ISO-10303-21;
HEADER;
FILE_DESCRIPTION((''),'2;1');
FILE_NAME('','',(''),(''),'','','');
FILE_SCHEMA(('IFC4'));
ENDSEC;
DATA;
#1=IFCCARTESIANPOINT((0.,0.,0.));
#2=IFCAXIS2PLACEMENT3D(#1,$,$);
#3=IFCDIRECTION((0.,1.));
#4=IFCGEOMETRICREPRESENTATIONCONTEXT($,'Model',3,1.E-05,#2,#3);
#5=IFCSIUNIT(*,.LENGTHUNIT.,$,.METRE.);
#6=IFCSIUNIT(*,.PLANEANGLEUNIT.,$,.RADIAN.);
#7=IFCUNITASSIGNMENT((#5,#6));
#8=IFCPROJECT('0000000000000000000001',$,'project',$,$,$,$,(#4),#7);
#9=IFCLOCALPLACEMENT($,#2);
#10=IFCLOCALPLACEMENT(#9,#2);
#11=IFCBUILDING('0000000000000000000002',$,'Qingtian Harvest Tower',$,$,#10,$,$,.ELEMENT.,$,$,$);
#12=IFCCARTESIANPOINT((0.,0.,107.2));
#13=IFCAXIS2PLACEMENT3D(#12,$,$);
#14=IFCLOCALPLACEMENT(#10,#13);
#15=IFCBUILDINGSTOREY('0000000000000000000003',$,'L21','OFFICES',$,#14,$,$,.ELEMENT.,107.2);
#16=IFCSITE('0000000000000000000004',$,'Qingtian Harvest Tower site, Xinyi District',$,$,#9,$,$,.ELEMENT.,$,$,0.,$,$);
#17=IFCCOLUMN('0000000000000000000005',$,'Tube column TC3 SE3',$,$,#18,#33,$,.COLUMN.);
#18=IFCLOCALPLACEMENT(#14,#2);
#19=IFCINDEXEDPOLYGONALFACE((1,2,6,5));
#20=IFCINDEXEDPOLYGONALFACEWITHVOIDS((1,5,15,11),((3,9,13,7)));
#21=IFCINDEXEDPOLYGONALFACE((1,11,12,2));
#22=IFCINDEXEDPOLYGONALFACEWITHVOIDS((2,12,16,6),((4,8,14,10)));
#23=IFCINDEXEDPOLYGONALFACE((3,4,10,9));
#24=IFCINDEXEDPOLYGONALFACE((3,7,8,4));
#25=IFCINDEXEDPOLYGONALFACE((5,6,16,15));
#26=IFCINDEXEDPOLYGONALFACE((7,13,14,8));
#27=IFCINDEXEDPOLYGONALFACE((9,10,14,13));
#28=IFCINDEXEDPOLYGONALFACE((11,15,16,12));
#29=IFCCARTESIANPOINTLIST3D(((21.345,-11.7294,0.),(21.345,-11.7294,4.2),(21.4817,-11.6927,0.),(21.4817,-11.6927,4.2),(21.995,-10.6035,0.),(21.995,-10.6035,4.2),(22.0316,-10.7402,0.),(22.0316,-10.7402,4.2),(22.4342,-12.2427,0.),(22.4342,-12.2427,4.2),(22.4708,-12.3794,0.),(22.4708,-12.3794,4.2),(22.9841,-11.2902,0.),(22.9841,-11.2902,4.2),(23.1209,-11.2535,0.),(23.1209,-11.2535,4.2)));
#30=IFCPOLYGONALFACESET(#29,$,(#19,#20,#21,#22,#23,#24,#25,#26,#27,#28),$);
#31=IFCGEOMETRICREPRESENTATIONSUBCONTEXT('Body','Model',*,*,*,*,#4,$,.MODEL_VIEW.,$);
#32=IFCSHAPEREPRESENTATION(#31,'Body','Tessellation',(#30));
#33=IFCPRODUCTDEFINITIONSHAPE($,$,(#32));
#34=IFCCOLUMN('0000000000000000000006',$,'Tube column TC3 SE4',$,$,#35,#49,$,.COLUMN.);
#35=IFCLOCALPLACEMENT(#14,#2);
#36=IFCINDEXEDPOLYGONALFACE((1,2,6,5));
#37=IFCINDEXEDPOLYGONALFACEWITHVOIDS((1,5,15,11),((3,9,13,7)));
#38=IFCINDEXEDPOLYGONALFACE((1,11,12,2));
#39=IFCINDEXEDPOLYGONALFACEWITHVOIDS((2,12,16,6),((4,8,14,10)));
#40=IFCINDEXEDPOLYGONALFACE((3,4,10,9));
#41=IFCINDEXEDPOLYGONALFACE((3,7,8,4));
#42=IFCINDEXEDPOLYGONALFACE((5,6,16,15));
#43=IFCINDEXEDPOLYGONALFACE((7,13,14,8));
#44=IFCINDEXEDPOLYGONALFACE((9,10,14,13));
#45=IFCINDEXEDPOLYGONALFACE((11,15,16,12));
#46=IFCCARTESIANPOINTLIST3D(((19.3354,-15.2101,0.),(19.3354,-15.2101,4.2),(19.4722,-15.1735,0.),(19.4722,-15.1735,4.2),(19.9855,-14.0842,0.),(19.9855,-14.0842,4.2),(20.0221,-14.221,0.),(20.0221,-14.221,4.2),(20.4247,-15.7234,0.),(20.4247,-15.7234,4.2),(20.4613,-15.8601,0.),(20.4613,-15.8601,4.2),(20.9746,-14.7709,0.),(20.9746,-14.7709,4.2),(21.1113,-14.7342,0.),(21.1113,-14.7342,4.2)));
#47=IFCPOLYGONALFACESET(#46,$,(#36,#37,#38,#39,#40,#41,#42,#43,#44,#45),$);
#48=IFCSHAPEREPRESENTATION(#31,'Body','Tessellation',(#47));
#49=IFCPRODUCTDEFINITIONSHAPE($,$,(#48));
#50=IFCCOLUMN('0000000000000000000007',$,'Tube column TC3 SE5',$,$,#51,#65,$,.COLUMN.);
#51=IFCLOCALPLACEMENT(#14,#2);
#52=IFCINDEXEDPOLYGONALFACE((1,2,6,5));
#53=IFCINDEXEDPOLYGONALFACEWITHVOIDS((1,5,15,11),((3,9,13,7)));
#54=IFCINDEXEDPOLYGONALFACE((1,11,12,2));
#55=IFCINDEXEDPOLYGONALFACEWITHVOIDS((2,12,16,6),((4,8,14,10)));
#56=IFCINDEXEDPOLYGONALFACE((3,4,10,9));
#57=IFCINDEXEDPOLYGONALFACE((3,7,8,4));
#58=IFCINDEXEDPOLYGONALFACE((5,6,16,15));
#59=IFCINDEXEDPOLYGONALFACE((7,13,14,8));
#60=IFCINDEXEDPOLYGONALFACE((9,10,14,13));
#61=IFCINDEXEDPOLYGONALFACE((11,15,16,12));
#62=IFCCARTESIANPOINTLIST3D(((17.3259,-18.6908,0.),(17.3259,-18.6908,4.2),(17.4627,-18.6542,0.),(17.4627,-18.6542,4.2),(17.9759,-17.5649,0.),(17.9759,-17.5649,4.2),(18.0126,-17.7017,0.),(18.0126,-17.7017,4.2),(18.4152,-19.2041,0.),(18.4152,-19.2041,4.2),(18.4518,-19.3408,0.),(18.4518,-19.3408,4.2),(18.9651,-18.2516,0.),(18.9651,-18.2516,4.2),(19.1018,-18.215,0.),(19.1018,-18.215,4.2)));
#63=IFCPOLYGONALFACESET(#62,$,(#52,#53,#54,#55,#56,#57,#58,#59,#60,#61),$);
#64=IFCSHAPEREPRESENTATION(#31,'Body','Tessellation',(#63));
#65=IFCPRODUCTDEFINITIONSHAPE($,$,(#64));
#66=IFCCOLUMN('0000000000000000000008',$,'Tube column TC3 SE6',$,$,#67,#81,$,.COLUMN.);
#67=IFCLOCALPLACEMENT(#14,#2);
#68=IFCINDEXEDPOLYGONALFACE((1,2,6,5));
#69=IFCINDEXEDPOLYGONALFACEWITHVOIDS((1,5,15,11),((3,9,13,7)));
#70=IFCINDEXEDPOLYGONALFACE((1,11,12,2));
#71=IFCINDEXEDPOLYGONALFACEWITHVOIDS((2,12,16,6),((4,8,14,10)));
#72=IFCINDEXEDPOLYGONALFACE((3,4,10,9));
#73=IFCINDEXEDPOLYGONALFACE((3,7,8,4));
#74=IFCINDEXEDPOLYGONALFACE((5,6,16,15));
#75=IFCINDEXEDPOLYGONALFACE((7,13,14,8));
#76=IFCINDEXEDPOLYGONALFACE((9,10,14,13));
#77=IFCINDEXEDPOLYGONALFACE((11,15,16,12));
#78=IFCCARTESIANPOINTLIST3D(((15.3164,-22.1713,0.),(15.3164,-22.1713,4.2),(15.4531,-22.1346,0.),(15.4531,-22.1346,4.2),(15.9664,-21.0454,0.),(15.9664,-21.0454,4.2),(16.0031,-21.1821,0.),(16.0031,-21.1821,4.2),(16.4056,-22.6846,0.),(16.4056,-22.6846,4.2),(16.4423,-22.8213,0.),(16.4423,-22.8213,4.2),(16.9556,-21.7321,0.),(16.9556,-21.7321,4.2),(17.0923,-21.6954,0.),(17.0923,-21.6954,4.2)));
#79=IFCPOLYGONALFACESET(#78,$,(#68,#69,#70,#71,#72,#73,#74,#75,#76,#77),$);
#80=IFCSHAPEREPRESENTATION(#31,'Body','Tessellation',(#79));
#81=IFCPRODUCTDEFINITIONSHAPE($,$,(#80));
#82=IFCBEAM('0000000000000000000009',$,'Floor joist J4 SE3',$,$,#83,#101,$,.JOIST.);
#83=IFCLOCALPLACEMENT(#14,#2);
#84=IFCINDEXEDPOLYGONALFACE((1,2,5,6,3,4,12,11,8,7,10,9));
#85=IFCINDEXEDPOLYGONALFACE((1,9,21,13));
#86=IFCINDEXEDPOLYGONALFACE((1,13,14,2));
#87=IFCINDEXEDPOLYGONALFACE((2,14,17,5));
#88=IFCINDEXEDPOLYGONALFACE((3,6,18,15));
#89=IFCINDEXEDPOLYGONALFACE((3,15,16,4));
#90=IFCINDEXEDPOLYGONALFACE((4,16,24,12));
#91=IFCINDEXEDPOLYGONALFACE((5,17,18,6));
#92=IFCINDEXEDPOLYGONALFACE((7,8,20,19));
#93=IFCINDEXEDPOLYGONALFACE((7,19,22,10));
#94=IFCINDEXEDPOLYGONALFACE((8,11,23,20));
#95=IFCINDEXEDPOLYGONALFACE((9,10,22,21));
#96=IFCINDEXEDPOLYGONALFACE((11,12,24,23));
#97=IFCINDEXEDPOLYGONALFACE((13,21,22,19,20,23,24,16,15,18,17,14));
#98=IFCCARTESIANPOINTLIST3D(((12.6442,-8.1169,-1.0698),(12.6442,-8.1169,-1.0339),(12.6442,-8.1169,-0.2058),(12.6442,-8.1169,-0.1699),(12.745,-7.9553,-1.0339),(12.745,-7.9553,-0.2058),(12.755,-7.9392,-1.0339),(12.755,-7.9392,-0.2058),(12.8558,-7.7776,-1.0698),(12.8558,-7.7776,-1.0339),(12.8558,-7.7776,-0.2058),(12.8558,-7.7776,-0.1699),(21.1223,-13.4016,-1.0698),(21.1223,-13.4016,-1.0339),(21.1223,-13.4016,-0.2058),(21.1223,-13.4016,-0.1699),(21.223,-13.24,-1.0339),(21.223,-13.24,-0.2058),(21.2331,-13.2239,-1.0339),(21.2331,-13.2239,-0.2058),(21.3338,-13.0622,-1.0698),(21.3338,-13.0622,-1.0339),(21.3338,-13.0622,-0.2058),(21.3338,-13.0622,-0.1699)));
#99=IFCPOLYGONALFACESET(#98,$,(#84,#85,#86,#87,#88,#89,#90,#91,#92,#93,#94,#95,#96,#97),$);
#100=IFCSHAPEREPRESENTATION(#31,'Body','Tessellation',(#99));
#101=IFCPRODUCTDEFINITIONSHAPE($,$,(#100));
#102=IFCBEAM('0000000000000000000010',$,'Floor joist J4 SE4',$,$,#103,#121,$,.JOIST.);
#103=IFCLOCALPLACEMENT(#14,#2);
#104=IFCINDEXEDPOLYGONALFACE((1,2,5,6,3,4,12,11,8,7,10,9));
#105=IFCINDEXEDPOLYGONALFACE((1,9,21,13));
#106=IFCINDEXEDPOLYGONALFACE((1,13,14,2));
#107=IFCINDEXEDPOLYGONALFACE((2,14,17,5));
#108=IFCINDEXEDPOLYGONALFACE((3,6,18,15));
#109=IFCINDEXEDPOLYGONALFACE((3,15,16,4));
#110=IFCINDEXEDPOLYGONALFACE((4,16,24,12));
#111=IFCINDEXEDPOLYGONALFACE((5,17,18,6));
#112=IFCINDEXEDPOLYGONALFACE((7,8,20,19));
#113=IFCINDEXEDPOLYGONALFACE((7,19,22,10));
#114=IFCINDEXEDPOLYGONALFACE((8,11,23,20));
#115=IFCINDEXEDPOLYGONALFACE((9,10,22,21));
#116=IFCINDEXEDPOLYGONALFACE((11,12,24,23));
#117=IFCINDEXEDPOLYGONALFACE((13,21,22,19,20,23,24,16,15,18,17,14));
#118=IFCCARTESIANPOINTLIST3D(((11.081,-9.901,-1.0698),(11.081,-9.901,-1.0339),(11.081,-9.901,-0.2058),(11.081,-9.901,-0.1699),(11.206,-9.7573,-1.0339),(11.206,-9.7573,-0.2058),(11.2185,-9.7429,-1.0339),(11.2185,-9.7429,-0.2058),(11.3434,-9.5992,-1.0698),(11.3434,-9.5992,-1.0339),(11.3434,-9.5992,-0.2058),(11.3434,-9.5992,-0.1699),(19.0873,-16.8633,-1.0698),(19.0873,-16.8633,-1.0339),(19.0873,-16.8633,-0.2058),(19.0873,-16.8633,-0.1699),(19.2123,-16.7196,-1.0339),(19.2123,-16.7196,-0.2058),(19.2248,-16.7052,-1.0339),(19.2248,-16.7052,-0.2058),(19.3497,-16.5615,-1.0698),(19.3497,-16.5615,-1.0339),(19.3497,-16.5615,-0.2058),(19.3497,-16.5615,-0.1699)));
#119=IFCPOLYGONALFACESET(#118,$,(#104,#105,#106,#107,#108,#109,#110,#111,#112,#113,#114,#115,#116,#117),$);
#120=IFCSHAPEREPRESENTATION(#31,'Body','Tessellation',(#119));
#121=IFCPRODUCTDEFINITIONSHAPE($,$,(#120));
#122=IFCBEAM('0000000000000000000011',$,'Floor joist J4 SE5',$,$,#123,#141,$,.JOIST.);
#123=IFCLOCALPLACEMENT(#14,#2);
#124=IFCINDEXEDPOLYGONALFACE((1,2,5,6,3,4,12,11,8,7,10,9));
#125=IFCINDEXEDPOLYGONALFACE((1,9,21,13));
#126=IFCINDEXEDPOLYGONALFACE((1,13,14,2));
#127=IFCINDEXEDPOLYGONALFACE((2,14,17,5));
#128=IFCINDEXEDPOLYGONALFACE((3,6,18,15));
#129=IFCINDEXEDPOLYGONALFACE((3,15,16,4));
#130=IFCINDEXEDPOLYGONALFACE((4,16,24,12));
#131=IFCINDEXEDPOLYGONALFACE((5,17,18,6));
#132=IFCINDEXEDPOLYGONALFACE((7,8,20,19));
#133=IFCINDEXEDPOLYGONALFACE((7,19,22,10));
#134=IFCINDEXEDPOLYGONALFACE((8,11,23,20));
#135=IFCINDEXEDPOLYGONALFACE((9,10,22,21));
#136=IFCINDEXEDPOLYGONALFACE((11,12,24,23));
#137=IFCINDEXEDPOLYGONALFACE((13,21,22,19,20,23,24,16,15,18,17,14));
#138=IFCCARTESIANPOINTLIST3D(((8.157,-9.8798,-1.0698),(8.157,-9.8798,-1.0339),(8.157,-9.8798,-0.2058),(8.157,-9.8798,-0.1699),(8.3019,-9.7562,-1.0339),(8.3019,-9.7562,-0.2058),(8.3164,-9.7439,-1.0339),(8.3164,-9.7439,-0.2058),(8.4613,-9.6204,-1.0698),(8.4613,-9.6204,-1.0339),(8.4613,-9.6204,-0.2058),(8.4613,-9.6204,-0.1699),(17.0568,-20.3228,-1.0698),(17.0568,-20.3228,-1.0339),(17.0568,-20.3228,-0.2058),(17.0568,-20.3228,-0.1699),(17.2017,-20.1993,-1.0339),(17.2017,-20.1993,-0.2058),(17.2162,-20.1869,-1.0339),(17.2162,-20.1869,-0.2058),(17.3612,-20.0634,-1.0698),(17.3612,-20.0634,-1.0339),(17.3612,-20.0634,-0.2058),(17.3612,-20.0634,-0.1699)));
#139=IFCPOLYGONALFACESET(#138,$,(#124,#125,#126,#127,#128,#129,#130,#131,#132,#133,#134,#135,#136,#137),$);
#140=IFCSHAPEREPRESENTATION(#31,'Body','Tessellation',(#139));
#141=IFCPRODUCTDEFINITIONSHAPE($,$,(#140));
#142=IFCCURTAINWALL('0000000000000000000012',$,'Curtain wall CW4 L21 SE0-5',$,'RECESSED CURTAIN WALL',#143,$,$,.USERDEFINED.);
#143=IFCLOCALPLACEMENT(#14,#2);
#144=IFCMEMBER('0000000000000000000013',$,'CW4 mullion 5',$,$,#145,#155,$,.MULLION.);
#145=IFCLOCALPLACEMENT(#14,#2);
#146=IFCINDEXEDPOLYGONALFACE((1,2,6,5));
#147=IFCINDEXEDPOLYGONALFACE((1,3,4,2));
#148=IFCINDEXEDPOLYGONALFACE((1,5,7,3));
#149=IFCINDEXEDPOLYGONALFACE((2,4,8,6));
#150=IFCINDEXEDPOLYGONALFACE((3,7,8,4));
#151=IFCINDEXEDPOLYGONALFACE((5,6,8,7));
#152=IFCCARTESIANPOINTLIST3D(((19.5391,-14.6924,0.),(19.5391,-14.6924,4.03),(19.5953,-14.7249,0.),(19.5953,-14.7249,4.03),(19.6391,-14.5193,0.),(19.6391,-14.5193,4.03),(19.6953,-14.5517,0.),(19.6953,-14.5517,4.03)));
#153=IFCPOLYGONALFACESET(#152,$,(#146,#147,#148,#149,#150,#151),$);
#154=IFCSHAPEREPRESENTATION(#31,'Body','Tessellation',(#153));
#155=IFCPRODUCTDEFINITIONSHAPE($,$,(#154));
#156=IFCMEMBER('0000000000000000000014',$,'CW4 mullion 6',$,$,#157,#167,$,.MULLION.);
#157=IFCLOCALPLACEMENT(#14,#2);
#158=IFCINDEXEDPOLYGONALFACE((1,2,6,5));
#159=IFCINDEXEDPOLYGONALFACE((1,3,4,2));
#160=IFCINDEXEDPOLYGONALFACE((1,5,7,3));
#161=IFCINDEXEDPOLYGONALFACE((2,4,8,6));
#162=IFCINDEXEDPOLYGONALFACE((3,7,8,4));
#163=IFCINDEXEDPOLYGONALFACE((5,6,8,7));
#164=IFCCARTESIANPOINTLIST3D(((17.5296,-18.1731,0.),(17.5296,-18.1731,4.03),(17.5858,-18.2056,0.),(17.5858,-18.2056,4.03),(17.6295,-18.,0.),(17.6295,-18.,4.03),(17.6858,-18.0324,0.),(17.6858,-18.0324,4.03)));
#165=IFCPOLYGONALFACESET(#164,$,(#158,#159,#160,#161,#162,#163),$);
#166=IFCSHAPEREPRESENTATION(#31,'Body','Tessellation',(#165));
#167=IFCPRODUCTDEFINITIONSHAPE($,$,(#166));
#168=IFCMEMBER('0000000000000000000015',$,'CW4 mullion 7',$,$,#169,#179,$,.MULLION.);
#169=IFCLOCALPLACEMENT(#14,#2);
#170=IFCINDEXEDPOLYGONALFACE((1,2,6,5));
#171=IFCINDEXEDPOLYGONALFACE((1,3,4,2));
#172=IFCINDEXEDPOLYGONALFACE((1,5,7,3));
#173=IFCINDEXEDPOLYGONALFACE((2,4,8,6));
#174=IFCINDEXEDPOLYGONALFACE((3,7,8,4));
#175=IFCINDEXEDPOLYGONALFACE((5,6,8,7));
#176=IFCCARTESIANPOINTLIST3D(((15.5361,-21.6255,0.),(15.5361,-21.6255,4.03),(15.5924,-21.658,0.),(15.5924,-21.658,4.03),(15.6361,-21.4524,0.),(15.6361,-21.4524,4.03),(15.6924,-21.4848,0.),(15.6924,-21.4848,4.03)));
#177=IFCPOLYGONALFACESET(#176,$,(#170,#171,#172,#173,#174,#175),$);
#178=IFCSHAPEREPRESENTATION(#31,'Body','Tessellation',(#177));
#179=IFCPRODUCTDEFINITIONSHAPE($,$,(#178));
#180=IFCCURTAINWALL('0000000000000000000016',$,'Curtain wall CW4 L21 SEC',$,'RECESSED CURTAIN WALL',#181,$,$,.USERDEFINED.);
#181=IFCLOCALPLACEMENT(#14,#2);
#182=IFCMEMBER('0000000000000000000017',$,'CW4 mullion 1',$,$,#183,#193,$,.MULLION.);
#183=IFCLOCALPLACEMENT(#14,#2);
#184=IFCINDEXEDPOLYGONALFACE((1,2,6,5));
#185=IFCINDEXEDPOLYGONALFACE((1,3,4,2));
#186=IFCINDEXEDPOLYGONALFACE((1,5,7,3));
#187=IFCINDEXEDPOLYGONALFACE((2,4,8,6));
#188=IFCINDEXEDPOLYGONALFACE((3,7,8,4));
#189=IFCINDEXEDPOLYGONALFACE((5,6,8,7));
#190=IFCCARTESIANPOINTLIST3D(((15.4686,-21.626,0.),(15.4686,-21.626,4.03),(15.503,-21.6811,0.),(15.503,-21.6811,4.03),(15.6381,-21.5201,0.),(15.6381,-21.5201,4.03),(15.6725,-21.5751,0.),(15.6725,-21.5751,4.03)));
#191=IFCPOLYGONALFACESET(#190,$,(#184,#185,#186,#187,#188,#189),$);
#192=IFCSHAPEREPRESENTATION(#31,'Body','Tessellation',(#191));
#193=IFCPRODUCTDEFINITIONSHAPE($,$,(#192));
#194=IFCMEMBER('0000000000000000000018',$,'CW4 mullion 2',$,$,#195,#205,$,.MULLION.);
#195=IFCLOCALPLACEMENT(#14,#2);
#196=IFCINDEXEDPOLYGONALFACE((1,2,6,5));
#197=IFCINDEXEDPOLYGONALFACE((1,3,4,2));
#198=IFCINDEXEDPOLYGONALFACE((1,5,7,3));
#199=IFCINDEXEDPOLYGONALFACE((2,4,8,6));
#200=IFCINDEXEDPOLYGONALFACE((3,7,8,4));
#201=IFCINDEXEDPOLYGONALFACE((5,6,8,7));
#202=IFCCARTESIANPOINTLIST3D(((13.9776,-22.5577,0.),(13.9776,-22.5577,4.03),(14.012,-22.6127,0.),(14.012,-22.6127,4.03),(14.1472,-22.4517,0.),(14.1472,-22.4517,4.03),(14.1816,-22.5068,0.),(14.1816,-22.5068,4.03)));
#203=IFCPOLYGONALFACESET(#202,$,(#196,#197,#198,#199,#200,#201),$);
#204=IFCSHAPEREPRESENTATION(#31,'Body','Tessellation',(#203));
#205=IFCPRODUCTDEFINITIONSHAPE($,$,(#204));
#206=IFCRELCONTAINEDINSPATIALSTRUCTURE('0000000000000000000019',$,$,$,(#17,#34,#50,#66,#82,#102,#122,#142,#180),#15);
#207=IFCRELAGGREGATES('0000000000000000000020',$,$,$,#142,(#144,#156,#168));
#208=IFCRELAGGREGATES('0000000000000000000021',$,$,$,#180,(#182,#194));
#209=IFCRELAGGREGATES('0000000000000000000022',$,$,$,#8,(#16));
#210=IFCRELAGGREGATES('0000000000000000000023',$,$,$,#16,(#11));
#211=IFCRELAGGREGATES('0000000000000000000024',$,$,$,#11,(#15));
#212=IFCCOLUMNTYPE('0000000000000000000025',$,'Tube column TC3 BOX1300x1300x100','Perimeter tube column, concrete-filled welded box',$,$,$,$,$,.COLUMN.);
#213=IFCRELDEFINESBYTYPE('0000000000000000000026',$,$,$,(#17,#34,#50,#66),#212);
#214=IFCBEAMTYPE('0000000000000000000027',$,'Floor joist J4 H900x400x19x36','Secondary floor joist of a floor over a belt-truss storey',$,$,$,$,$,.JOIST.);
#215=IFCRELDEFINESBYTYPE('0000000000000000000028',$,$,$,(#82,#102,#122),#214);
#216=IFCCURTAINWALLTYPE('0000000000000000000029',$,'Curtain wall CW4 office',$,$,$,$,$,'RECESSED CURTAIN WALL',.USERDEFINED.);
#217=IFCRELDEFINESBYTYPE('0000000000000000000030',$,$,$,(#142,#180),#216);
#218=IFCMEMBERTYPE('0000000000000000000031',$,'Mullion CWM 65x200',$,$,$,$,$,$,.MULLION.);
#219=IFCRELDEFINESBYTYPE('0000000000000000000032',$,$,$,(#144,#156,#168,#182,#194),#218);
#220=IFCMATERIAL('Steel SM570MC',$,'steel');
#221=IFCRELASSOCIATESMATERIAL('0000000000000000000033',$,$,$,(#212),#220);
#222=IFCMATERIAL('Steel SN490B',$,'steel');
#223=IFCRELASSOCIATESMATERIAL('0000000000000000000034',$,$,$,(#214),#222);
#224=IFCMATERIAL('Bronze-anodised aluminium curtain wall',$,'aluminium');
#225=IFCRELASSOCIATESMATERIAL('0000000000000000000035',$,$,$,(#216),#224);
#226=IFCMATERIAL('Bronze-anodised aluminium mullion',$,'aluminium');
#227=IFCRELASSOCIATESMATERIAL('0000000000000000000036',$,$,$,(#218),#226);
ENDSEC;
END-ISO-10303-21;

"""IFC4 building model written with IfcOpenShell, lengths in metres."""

from ifc_helpers import new_model, si_unit, direction, frame, origin, origin_2d, place, context, subcontext, project, spatial, rectangle, hollow_rectangle, i_section, extrude, material, material_profile, profile_set, type_object, element, aggregate, save


model = new_model("IFC4")

# Units and contexts
model_context = context("Model", 3, precision=1e-05, world=origin(), true_north=direction((0.0, 1.0)))
body_context = subcontext(model_context, "Body", "Model", "MODEL_VIEW")
ifc_project = project(units=[si_unit("LENGTHUNIT", "METRE"), si_unit("PLANEANGLEUNIT", "RADIAN")], contexts=[model_context])

# Site, building, storey
site_placement = place(None, origin())
site = spatial("IfcSite", under=ifc_project, at=site_placement, Name="Qingtian Harvest Tower site, Xinyi District", CompositionType="ELEMENT", RefElevation=0.0)
building_placement = place(site_placement, origin())
building = spatial("IfcBuilding", under=site, at=building_placement, Name="Qingtian Harvest Tower", CompositionType="ELEMENT")
storey_placement = place(building_placement, frame((0.0, 0.0, 107.2)))
storey = spatial("IfcBuildingStorey", under=building, at=storey_placement, Name="L21", Description="OFFICES", CompositionType="ELEMENT", Elevation=107.2)

# Columns
ifc_material_1 = material(Name="Steel SM570MC", Category="steel")
ifc_material_profile_1 = material_profile(ifc_material_1, hollow_rectangle(XDim=1.3, YDim=1.3, WallThickness=0.1001, at=origin_2d()), Name="BOX1300x1300x100")
ifc_profile_set_1 = profile_set([ifc_material_profile_1], Name="Steel SM570MC")
column_type = type_object("IfcColumnType", Name="Tube column TC3 BOX1300x1300x100", Description="Perimeter tube column, concrete-filled welded box", PredefinedType="COLUMN", material=ifc_profile_set_1)
for number, where, z_axis, x_axis, name in (
    (1, (22.2329, -11.4915, 0.0), (0.0, 0.0, 1.0), (0.5, 0.866025, 0.0), "Tube column TC3 SE3"),
    (2, (20.2234, -14.9722, 0.0), (0.0, 0.0, 1.0), (0.5, 0.866025, 0.0), "Tube column TC3 SE4"),
    (3, (18.2139, -18.4529, 0.0), (0.0, 0.0, 1.0), (0.5, 0.866025, 0.0), "Tube column TC3 SE5"),
    (4, (16.2043, -21.9333, 0.0), (0.0, 0.0, 1.0), (0.5, 0.866025, 0.0), "Tube column TC3 SE6"),
):
    element("IfcColumn", number, at=place(storey_placement, frame(where, z_axis=z_axis, x_axis=x_axis)), inside=storey, type_object=column_type, Name=name, PredefinedType="COLUMN", context=body_context, shape_type="SweptSolid", body=[
        extrude(hollow_rectangle(XDim=1.3, YDim=1.3, WallThickness=0.1001, at=origin_2d()), origin(), (0.0, 0.0, 1.0), 4.2),
    ])

# Beams
ifc_material_2 = material(Name="Steel SN490B", Category="steel")
ifc_material_profile_2 = material_profile(ifc_material_2, i_section(OverallWidth=0.3999, OverallDepth=0.8999, WebThickness=0.019, FlangeThickness=0.0359, at=origin_2d()), Name="H900x400x19x36")
ifc_profile_set_2 = profile_set([ifc_material_profile_2], Name="Steel SN490B")
beam_type_1 = type_object("IfcBeamType", Name="Floor joist J4 H900x400x19x36", Description="Secondary floor joist of a floor over a belt-truss storey", PredefinedType="JOIST", material=ifc_profile_set_2)
beam_1_placement = place(storey_placement, frame((21.228, -13.2319, -0.6199), z_axis=(-0.848632, 0.528984, 0.0), x_axis=(-0.528984, -0.848632, 0.0)))
element("IfcBeam", 5, at=beam_1_placement, inside=storey, type_object=beam_type_1, Name="Floor joist J4 SE3", PredefinedType="JOIST", context=body_context, shape_type="SweptSolid", body=[
    extrude(i_section(OverallWidth=0.3999, OverallDepth=0.8999, WebThickness=0.019, FlangeThickness=0.0359, at=origin_2d()), origin(), (0.0, 0.0, 1.0), 9.9902),
])
beam_2_placement = place(storey_placement, frame((19.2185, -16.7124, -0.6199), z_axis=(-0.754589, 0.656198, 0.0), x_axis=(-0.656198, -0.754589, 0.0)))
element("IfcBeam", 6, at=beam_2_placement, inside=storey, type_object=beam_type_1, Name="Floor joist J4 SE4", PredefinedType="JOIST", context=body_context, shape_type="SweptSolid", body=[
    extrude(i_section(OverallWidth=0.3999, OverallDepth=0.8999, WebThickness=0.019, FlangeThickness=0.0359, at=origin_2d()), origin(), (0.0, 0.0, 1.0), 10.6101),
])
beam_3_placement = place(storey_placement, frame((17.209, -20.1931, -0.6199), z_axis=(-0.648632, 0.761102, 0.0), x_axis=(-0.761102, -0.648632, 0.0)))
element("IfcBeam", 7, at=beam_3_placement, inside=storey, type_object=beam_type_1, Name="Floor joist J4 SE5", PredefinedType="JOIST", context=body_context, shape_type="SweptSolid", body=[
    extrude(i_section(OverallWidth=0.3999, OverallDepth=0.8999, WebThickness=0.019, FlangeThickness=0.0359, at=origin_2d()), origin(), (0.0, 0.0, 1.0), 13.7209),
])

# Curtain walls, members
ifc_material_3 = material(Name="Bronze-anodised aluminium curtain wall", Category="aluminium")
curtain_wall_type = type_object("IfcCurtainWallType", Name="Curtain wall CW4 office", ElementType="RECESSED CURTAIN WALL", PredefinedType="USERDEFINED", material=ifc_material_3)
curtain_wall_1_placement = place(storey_placement, origin())
curtain_wall_1 = element("IfcCurtainWall", 8, at=curtain_wall_1_placement, inside=storey, type_object=curtain_wall_type, Name="Curtain wall CW4 L21 SE0-5", ObjectType="RECESSED CURTAIN WALL", PredefinedType="USERDEFINED")
ifc_material_4 = material(Name="Bronze-anodised aluminium mullion", Category="aluminium")
ifc_material_profile_3 = material_profile(ifc_material_4, rectangle(XDim=0.0649, YDim=0.2, at=origin_2d()), Name="AL 65x200")
ifc_profile_set_3 = profile_set([ifc_material_profile_3], Name="Bronze-anodised aluminium mullion")
member_type_1 = type_object("IfcMemberType", Name="Mullion CWM 65x200", PredefinedType="MULLION", material=ifc_profile_set_3)
member_1_placement = place(storey_placement, frame((19.6172, -14.6221, 0.0), z_axis=(0.0, 0.0, 1.0), x_axis=(0.866025, -0.5, 0.0)))
member_1 = element("IfcMember", 9, at=member_1_placement, type_object=member_type_1, Name="CW4 mullion 5", PredefinedType="MULLION", context=body_context, shape_type="SweptSolid", body=[
    extrude(rectangle(XDim=0.0649, YDim=0.2, at=origin_2d()), origin(), (0.0, 0.0, 1.0), 4.03),
])
member_2_placement = place(storey_placement, frame((17.6077, -18.1028, 0.0), z_axis=(0.0, 0.0, 1.0), x_axis=(0.866025, -0.5, 0.0)))
member_2 = element("IfcMember", 10, at=member_2_placement, type_object=member_type_1, Name="CW4 mullion 6", PredefinedType="MULLION", context=body_context, shape_type="SweptSolid", body=[
    extrude(rectangle(XDim=0.0649, YDim=0.2, at=origin_2d()), origin(), (0.0, 0.0, 1.0), 4.03),
])
member_3_placement = place(storey_placement, frame((15.6143, -21.5552, 0.0), z_axis=(0.0, 0.0, 1.0), x_axis=(0.866025, -0.5, 0.0)))
member_3 = element("IfcMember", 11, at=member_3_placement, type_object=member_type_1, Name="CW4 mullion 7", PredefinedType="MULLION", context=body_context, shape_type="SweptSolid", body=[
    extrude(rectangle(XDim=0.0649, YDim=0.2, at=origin_2d()), origin(), (0.0, 0.0, 1.0), 4.03),
])
curtain_wall_2_placement = place(storey_placement, origin())
curtain_wall_2 = element("IfcCurtainWall", 12, at=curtain_wall_2_placement, inside=storey, type_object=curtain_wall_type, Name="Curtain wall CW4 L21 SEC", ObjectType="RECESSED CURTAIN WALL", PredefinedType="USERDEFINED")
member_4_placement = place(storey_placement, frame((15.5706, -21.6006, 0.0), z_axis=(0.0, 0.0, 1.0), x_axis=(0.529919, -0.848048, 0.0)))
member_4 = element("IfcMember", 13, at=member_4_placement, type_object=member_type_1, Name="CW4 mullion 1", PredefinedType="MULLION", context=body_context, shape_type="SweptSolid", body=[
    extrude(rectangle(XDim=0.0649, YDim=0.2, at=origin_2d()), origin(), (0.0, 0.0, 1.0), 4.03),
])
member_5_placement = place(storey_placement, frame((14.0796, -22.5322, 0.0), z_axis=(0.0, 0.0, 1.0), x_axis=(0.529919, -0.848048, 0.0)))
member_5 = element("IfcMember", 14, at=member_5_placement, type_object=member_type_1, Name="CW4 mullion 2", PredefinedType="MULLION", context=body_context, shape_type="SweptSolid", body=[
    extrude(rectangle(XDim=0.0649, YDim=0.2, at=origin_2d()), origin(), (0.0, 0.0, 1.0), 4.03),
])

aggregate(curtain_wall_1, [member_1, member_2, member_3])
aggregate(curtain_wall_2, [member_4, member_5])

save(model, "model.ifc")
